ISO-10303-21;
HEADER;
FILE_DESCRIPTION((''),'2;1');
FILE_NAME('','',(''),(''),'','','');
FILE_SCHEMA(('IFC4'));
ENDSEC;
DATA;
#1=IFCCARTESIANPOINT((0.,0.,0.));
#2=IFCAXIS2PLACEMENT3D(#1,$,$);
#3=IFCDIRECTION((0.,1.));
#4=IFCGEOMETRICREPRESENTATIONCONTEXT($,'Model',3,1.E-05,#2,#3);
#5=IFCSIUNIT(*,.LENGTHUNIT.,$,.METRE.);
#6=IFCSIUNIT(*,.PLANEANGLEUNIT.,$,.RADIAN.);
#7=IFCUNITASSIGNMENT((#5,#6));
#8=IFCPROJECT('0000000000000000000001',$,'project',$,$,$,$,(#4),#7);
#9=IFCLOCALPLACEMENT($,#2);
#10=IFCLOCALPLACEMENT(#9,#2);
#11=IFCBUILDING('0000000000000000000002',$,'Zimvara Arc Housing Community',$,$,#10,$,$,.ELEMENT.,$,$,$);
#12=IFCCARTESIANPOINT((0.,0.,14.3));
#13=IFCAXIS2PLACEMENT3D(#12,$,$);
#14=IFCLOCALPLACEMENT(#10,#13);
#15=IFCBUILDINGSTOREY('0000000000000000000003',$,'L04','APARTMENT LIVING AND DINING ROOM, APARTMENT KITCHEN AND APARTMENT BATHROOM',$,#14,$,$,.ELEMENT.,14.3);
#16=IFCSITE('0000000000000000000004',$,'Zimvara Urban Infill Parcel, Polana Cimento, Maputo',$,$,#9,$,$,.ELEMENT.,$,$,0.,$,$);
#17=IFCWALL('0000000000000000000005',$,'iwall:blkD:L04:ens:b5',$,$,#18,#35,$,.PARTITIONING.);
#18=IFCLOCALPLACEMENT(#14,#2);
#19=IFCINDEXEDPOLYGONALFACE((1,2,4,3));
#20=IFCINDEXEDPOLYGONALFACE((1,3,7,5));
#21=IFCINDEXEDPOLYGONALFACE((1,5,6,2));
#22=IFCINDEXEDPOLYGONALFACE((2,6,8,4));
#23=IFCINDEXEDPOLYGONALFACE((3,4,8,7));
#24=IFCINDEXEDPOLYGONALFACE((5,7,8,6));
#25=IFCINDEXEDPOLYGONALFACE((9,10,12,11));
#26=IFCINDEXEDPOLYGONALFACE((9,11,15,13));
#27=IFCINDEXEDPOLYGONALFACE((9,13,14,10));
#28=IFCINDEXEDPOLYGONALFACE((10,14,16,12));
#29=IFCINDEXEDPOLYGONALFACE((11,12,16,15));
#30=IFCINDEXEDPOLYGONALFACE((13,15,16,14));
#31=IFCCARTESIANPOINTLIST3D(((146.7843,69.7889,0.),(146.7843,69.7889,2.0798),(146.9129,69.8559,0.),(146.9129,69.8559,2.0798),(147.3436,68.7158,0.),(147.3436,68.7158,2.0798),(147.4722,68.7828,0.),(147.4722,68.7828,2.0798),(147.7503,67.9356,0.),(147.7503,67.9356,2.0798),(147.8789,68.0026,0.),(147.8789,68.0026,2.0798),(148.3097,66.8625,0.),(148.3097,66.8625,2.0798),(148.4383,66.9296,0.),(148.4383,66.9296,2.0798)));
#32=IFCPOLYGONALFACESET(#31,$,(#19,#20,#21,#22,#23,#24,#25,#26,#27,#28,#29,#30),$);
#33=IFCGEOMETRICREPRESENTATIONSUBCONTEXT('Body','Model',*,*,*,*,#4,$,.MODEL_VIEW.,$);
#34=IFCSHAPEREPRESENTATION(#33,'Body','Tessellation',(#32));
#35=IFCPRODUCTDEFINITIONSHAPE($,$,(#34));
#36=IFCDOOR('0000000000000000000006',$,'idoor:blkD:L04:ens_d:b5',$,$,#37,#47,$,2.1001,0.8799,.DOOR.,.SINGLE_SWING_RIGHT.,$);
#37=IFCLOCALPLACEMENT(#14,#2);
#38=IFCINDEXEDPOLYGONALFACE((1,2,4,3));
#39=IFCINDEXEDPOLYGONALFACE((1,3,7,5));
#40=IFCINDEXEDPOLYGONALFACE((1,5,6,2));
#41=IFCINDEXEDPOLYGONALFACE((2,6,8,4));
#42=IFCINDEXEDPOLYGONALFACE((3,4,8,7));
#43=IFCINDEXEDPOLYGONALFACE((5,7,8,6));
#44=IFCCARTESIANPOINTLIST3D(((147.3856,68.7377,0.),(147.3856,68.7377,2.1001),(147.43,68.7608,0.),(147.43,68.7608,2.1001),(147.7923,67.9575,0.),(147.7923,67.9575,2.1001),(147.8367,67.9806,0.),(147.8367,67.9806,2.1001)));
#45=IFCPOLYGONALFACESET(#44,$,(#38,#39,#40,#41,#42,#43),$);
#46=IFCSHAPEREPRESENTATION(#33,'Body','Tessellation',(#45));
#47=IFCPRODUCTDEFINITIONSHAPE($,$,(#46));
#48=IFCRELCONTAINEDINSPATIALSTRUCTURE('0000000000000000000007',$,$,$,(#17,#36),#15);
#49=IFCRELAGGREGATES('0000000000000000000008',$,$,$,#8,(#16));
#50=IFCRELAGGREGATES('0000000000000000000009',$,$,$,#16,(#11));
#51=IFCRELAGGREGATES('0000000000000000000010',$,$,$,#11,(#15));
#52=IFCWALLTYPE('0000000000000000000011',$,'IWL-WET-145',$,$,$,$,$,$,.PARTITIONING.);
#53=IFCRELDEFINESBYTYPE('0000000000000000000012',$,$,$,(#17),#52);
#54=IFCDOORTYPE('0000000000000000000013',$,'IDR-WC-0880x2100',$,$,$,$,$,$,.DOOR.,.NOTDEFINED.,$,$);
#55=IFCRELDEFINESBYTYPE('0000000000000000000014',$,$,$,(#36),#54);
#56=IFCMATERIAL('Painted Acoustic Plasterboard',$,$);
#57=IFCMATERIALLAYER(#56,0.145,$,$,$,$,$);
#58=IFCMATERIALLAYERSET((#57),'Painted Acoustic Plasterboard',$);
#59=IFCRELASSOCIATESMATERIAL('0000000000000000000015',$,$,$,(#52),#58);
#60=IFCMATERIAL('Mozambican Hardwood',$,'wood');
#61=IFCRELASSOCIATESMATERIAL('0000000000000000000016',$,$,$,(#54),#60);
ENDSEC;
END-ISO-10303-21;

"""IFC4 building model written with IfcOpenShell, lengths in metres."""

from ifc_helpers import new_model, si_unit, direction, frame, frame_2d, origin, place, context, subcontext, project, spatial, rectangle, extrude, material, layer, layer_set, type_object, element, fill, save


model = new_model("IFC4")

# Units and contexts
model_context = context("Model", 3, precision=1e-05, world=origin(), true_north=direction((0.0, 1.0)))
body_context = subcontext(model_context, "Body", "Model", "MODEL_VIEW")
ifc_project = project(units=[si_unit("LENGTHUNIT", "METRE"), si_unit("PLANEANGLEUNIT", "RADIAN")], contexts=[model_context])

# Site, building, storey
site_placement = place(None, origin())
site = spatial("IfcSite", under=ifc_project, at=site_placement, Name="Zimvara Urban Infill Parcel, Polana Cimento, Maputo", CompositionType="ELEMENT", RefElevation=0.0)
building_placement = place(site_placement, origin())
building = spatial("IfcBuilding", under=site, at=building_placement, Name="Zimvara Arc Housing Community", CompositionType="ELEMENT")
storey_placement = place(building_placement, frame((0.0, 0.0, 14.3)))
storey = spatial("IfcBuildingStorey", under=building, at=storey_placement, Name="L04", Description="APARTMENT LIVING AND DINING ROOM, APARTMENT KITCHEN AND APARTMENT BATHROOM", CompositionType="ELEMENT", Elevation=14.3)

# Wall, opening, door
ifc_material_1 = material(Name="Painted Acoustic Plasterboard")
ifc_layer_1 = layer(ifc_material_1, 0.145)
ifc_layer_set_1 = layer_set([ifc_layer_1], Name="Painted Acoustic Plasterboard")
wall_type = type_object("IfcWallType", Name="IWL-WET-145", PredefinedType="PARTITIONING", material=ifc_layer_set_1)
wall_placement = place(storey_placement, frame((146.8486, 69.8223, 0.0), z_axis=(0.0, 0.0, 1.0), x_axis=(0.462242, -0.886754, 0.0)))
wall = element("IfcWall", 1, at=wall_placement, inside=storey, type_object=wall_type, Name="iwall:blkD:L04:ens:b5", PredefinedType="PARTITIONING", context=body_context, shape_type="SweptSolid", body=[
    extrude(rectangle(XDim=3.3, YDim=0.145, at=frame_2d((1.6499, 0.0))), origin(), (0.0, 0.0, 1.0), 2.0798),
])
opening_placement = place(wall_placement, frame((1.21, 0.0, 0.0)))
opening = element("IfcOpeningElement", 2, at=opening_placement, cuts=wall, PredefinedType="OPENING", context=body_context, shape_type="SweptSolid", body=[
    extrude(rectangle(XDim=0.8799, YDim=2.1001, at=frame_2d((0.4399, 1.05))), frame((0.0, 0.0825, 0.0), z_axis=(0.0, -1.0, 0.0), x_axis=(1.0, 0.0, 0.0)), (0.0, 0.0, 1.0), 0.165),
])
ifc_material_2 = material(Name="Mozambican Hardwood", Category="wood")
door_type = type_object("IfcDoorType", Name="IDR-WC-0880x2100", OperationType="NOTDEFINED", PredefinedType="DOOR", material=ifc_material_2)
door_placement = place(opening_placement, origin())
door = element("IfcDoor", 3, at=door_placement, inside=storey, type_object=door_type, Name="idoor:blkD:L04:ens_d:b5", OperationType="SINGLE_SWING_RIGHT", OverallHeight=2.1001, OverallWidth=0.8799, PredefinedType="DOOR", context=body_context, shape_type="SweptSolid", body=[
    extrude(rectangle(XDim=0.8799, YDim=2.1001, at=frame_2d((0.4399, 1.05))), frame((0.0, 0.0249, 0.0), z_axis=(0.0, -1.0, 0.0), x_axis=(1.0, 0.0, 0.0)), (0.0, 0.0, 1.0), 0.05),
])
fill(opening, door)

save(model, "model.ifc")
